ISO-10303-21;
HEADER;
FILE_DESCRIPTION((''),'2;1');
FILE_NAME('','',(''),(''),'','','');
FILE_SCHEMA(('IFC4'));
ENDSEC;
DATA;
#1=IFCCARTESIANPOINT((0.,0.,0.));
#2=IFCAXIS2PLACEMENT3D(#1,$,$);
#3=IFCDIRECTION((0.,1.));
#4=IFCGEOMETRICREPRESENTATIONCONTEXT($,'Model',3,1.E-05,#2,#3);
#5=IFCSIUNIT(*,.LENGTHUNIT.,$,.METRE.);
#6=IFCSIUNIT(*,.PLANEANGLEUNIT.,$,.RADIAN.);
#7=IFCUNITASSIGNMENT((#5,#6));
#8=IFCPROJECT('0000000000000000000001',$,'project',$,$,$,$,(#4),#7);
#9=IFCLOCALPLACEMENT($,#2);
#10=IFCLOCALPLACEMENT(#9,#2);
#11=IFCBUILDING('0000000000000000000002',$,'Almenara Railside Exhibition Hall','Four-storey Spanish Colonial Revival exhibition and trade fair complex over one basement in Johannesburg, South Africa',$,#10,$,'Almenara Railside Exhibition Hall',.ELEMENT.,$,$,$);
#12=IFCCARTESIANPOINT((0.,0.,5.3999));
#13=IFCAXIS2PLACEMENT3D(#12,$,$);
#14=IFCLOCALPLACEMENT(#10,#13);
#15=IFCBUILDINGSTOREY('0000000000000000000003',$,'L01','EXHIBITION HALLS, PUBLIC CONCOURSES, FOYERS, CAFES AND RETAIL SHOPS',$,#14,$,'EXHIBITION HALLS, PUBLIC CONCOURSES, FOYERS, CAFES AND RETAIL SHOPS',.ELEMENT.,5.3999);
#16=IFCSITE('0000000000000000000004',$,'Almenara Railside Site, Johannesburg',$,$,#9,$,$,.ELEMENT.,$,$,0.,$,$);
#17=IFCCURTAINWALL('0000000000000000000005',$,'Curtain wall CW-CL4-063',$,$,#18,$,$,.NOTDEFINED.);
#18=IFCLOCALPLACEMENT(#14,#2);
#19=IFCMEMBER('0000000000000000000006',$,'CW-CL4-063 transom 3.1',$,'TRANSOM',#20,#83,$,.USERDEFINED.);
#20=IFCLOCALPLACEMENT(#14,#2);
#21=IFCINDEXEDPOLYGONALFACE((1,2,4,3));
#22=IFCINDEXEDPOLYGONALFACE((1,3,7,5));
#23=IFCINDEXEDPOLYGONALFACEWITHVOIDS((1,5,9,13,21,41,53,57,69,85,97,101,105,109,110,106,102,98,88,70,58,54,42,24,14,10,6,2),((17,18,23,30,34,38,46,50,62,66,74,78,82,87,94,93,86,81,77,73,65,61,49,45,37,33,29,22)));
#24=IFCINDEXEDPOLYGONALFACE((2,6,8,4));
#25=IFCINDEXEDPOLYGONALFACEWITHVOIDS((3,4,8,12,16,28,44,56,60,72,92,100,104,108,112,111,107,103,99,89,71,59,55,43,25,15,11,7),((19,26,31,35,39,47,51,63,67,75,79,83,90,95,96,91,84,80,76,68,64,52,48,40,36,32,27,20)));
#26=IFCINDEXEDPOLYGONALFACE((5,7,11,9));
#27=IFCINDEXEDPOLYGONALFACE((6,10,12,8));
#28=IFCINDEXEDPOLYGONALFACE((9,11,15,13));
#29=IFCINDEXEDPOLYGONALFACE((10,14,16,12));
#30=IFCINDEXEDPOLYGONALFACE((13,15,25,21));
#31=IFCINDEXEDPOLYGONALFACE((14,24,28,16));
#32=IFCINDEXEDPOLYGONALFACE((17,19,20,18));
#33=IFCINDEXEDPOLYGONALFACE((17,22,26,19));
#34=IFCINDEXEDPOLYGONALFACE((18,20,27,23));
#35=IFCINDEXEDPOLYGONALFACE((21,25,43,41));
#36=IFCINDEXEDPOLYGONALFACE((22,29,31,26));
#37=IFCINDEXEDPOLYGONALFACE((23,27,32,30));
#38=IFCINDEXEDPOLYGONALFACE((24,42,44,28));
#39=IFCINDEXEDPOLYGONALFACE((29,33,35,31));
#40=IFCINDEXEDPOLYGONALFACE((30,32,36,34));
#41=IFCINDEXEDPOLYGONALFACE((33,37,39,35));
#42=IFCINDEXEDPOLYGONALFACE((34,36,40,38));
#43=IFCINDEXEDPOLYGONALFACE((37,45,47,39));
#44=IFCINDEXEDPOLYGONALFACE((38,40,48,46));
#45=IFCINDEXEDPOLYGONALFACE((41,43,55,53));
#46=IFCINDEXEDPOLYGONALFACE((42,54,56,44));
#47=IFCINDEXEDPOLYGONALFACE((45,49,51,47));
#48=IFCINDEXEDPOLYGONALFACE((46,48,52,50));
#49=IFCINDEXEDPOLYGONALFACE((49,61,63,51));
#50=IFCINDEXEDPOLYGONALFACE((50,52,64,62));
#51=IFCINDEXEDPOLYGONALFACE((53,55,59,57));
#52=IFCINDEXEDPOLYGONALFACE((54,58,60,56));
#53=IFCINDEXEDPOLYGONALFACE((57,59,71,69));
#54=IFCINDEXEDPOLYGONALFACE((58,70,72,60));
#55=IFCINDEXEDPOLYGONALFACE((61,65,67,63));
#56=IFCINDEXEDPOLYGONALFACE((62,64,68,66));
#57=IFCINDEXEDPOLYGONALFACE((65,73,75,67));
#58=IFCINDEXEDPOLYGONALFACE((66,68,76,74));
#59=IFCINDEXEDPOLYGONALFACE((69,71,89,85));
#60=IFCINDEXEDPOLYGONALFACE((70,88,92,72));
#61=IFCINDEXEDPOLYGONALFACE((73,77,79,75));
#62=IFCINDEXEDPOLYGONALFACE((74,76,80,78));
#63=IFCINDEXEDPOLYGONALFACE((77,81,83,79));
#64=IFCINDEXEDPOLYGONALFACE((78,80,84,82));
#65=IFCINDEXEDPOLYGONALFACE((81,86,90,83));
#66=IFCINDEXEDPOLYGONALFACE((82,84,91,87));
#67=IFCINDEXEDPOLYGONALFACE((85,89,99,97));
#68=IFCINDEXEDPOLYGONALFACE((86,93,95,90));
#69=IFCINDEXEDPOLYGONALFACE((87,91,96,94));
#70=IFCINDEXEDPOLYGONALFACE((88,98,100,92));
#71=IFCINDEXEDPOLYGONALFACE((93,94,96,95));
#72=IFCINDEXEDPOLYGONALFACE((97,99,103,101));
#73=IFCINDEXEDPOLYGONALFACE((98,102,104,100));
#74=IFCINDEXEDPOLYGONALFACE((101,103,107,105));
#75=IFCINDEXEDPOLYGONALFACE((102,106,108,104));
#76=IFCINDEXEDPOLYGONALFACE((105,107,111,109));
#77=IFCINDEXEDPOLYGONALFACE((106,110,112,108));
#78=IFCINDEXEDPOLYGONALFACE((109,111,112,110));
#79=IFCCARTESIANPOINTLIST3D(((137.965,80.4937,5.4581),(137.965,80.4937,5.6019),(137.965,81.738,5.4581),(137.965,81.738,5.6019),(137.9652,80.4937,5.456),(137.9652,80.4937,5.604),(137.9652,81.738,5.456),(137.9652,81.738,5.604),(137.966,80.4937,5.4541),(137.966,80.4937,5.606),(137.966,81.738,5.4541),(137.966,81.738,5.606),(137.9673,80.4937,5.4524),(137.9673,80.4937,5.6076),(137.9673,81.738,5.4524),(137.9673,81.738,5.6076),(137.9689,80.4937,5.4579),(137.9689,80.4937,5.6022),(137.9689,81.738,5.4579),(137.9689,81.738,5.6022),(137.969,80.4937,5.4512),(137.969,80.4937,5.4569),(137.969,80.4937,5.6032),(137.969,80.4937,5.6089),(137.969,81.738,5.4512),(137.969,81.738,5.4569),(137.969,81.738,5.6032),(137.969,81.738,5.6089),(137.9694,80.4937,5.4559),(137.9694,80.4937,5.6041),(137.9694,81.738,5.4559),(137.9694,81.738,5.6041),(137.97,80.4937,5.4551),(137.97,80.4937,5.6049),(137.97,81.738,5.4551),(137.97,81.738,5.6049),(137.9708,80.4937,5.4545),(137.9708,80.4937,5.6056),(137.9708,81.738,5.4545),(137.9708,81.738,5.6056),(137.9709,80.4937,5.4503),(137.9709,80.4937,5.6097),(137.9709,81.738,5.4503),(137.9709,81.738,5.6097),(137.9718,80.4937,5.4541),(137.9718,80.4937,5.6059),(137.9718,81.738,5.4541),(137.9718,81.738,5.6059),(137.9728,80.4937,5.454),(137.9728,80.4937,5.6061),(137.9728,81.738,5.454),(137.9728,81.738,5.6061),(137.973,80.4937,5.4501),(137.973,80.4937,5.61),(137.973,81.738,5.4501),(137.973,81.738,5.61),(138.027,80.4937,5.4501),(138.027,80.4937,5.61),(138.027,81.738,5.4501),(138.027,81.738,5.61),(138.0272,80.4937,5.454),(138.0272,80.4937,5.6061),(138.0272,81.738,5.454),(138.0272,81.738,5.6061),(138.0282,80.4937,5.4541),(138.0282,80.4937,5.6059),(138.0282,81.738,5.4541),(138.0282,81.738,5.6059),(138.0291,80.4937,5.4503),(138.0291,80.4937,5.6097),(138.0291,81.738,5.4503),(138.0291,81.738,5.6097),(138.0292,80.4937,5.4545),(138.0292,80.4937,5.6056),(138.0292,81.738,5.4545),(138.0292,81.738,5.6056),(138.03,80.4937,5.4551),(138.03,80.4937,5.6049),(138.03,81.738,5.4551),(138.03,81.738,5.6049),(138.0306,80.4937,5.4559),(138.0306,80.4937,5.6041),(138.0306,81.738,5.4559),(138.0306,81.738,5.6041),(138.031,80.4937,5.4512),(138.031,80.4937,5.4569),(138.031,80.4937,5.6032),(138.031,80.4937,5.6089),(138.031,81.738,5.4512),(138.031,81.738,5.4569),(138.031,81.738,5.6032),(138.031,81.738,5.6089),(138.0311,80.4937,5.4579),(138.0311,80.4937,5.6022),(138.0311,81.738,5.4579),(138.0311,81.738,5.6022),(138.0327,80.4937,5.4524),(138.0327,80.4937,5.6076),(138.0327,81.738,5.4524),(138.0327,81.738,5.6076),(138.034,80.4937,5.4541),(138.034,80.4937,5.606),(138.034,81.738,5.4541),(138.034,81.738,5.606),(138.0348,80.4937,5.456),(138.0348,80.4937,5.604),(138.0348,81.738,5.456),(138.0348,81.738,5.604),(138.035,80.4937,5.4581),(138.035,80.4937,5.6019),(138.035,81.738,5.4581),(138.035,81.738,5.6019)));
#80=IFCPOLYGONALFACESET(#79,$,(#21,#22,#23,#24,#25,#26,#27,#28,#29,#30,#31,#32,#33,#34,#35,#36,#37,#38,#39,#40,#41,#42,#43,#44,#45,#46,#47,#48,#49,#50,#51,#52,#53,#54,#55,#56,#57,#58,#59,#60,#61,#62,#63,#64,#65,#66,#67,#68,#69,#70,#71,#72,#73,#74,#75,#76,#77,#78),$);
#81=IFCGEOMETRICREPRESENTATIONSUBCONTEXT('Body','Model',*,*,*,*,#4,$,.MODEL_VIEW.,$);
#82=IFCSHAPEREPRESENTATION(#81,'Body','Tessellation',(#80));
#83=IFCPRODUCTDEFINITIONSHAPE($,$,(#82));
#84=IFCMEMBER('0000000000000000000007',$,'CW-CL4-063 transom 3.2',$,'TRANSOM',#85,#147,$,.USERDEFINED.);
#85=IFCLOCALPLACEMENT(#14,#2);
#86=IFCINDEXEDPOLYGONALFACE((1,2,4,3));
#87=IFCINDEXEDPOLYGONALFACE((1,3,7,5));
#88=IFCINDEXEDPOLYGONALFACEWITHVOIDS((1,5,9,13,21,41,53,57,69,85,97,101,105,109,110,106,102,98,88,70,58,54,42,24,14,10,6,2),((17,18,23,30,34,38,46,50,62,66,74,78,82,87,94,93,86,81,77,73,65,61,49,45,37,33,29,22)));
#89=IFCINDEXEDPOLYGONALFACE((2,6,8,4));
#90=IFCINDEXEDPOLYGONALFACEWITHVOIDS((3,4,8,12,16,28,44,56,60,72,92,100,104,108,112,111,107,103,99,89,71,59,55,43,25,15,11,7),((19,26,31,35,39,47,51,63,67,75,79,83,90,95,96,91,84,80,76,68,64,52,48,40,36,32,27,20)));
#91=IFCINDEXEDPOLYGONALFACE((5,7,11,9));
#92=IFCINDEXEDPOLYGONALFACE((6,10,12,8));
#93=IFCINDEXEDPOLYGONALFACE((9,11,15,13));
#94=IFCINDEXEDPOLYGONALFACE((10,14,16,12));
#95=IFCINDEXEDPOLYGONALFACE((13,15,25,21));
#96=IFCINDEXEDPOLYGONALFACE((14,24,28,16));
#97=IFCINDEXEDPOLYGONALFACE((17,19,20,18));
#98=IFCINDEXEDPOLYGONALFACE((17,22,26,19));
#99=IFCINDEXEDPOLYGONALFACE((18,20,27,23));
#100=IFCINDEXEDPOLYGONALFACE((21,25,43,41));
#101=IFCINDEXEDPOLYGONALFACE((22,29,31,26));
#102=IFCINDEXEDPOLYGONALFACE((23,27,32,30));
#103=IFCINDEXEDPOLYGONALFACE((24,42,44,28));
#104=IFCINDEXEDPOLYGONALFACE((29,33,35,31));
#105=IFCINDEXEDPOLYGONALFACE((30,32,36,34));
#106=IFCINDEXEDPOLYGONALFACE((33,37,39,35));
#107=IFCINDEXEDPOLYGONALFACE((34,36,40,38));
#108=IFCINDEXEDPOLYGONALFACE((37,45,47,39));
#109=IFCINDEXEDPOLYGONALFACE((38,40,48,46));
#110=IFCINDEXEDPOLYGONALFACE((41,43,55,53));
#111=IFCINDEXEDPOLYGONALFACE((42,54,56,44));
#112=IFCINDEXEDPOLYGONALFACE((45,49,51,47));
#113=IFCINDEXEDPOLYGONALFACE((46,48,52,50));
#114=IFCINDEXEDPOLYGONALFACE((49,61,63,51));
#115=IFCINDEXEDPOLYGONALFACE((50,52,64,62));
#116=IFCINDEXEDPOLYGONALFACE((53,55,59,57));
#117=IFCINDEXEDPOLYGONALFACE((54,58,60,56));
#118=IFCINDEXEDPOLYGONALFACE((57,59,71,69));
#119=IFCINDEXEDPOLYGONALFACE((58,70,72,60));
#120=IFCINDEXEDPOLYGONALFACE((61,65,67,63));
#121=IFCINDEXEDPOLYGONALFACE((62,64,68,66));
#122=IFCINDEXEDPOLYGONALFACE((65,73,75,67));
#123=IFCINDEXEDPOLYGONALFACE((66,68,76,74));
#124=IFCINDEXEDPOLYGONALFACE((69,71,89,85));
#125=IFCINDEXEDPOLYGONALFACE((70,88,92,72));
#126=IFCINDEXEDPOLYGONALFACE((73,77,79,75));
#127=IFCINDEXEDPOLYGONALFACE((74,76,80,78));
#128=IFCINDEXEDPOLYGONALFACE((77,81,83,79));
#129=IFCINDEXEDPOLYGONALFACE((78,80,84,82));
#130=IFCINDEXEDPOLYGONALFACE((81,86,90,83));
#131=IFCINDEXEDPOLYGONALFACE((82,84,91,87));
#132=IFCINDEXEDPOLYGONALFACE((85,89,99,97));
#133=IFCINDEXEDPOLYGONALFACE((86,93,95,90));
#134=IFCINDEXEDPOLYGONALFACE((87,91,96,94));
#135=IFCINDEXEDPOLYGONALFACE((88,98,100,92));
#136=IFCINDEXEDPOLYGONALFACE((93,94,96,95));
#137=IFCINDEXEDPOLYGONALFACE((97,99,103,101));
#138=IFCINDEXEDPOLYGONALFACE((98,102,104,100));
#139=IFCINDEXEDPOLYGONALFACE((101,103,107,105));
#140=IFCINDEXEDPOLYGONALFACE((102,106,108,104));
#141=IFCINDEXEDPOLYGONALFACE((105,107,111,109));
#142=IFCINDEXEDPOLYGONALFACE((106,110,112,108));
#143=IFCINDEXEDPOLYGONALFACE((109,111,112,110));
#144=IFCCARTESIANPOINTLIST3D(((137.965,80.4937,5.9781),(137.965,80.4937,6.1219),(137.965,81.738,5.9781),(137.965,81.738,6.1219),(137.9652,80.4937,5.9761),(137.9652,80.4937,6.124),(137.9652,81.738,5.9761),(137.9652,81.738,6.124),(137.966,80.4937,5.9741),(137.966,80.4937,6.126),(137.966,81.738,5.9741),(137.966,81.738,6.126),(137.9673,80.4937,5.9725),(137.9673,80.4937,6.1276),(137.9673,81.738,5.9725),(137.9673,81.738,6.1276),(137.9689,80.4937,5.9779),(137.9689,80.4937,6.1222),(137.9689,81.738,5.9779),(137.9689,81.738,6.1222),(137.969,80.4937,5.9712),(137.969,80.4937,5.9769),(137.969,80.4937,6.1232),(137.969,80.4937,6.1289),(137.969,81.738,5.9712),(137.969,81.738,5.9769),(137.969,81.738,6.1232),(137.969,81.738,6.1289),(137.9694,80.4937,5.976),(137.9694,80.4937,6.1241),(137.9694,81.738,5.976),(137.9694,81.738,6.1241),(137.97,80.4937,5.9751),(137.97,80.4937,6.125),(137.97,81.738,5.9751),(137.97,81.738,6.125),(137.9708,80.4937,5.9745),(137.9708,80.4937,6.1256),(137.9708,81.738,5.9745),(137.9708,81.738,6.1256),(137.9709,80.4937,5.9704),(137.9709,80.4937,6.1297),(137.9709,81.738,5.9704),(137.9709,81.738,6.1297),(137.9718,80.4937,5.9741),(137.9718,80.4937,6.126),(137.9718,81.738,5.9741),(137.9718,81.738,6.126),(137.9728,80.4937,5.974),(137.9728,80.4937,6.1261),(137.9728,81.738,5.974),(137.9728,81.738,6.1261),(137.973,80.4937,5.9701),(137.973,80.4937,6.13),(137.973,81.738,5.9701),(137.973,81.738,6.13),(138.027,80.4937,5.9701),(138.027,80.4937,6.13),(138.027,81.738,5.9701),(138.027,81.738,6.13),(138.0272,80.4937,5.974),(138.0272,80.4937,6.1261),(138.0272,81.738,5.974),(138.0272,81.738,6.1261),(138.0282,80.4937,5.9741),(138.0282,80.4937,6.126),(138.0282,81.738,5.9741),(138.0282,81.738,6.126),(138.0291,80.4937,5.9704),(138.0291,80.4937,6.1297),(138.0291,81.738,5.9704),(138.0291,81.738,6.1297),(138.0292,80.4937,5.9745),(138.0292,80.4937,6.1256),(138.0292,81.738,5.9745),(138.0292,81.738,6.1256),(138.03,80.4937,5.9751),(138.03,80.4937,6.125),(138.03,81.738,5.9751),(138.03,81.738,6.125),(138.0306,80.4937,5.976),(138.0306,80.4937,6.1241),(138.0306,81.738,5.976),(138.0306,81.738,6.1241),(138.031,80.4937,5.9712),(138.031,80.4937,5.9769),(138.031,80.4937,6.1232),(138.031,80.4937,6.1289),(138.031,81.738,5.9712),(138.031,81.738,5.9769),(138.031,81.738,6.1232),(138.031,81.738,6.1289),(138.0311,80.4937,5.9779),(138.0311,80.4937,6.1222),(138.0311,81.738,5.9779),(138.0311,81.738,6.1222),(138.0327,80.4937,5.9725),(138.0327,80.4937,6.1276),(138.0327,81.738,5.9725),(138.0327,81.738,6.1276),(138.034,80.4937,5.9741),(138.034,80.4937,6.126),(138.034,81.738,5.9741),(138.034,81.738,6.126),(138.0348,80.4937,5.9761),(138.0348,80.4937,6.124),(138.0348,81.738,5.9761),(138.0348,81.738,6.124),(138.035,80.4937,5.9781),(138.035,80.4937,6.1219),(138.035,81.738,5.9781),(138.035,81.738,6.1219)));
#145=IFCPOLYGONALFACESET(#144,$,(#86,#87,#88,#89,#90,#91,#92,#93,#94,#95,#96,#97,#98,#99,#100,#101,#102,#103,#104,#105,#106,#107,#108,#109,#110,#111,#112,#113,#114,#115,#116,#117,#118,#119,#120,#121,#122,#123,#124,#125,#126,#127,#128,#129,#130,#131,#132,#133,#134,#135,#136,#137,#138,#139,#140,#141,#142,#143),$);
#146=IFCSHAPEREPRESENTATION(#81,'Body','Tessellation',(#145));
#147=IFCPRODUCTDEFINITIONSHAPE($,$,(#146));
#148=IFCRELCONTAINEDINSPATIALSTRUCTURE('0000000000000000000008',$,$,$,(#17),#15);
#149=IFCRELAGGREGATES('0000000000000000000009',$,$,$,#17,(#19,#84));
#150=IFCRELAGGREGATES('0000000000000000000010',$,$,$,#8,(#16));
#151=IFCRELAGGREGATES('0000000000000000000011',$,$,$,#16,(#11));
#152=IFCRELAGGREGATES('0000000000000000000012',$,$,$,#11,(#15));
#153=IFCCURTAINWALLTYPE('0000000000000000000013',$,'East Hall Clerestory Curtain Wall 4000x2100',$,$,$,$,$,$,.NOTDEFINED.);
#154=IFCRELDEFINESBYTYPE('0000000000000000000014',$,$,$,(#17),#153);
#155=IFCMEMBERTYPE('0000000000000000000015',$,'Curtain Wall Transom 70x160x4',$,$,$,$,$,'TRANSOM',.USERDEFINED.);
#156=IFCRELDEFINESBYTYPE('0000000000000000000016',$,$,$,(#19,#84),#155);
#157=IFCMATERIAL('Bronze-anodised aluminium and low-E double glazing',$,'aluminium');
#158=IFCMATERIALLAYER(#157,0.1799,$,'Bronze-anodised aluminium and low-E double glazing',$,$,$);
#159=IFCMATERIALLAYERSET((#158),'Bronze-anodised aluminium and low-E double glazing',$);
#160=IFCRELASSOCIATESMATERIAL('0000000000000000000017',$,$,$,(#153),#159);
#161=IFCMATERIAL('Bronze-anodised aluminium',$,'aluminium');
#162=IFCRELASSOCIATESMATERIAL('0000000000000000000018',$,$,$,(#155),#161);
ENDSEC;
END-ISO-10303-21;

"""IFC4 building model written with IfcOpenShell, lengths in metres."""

from ifc_helpers import new_model, si_unit, direction, frame, origin, origin_2d, place, context, subcontext, project, spatial, hollow_rectangle, extrude, material, layer, layer_set, material_profile, profile_set, type_object, element, aggregate, save


model = new_model("IFC4")

# Units and contexts
model_context = context("Model", 3, precision=1e-05, world=origin(), true_north=direction((0.0, 1.0)))
body_context = subcontext(model_context, "Body", "Model", "MODEL_VIEW")
ifc_project = project(units=[si_unit("LENGTHUNIT", "METRE"), si_unit("PLANEANGLEUNIT", "RADIAN")], contexts=[model_context])

# Site, building, storey
site_placement = place(None, origin())
site = spatial("IfcSite", under=ifc_project, at=site_placement, Name="Almenara Railside Site, Johannesburg", CompositionType="ELEMENT", RefElevation=0.0)
building_placement = place(site_placement, origin())
building = spatial("IfcBuilding", under=site, at=building_placement, Name="Almenara Railside Exhibition Hall", Description="Four-storey Spanish Colonial Revival exhibition and trade fair complex over one basement in Johannesburg, South Africa", LongName="Almenara Railside Exhibition Hall", CompositionType="ELEMENT")
storey_placement = place(building_placement, frame((0.0, 0.0, 5.3999)))
storey = spatial("IfcBuildingStorey", under=building, at=storey_placement, Name="L01", Description="EXHIBITION HALLS, PUBLIC CONCOURSES, FOYERS, CAFES AND RETAIL SHOPS", LongName="EXHIBITION HALLS, PUBLIC CONCOURSES, FOYERS, CAFES AND RETAIL SHOPS", CompositionType="ELEMENT", Elevation=5.3999)

# Curtain wall
ifc_material_1 = material(Name="Bronze-anodised aluminium and low-E double glazing", Category="aluminium")
ifc_layer_1 = layer(ifc_material_1, 0.1799, Name="Bronze-anodised aluminium and low-E double glazing")
ifc_layer_set_1 = layer_set([ifc_layer_1], Name="Bronze-anodised aluminium and low-E double glazing")
curtain_wall_type = type_object("IfcCurtainWallType", Name="East Hall Clerestory Curtain Wall 4000x2100", PredefinedType="NOTDEFINED", material=ifc_layer_set_1)
ifc_material_2 = material(Name="Bronze-anodised aluminium", Category="aluminium")
curtain_wall_1_placement = place(storey_placement, origin())
curtain_wall_1 = element("IfcCurtainWall", 1, at=curtain_wall_1_placement, inside=storey, type_object=curtain_wall_type, Name="Curtain wall CW-CL4-063", PredefinedType="NOTDEFINED")

# Members
ifc_material_profile_1 = material_profile(ifc_material_2, hollow_rectangle(XDim=0.0701, YDim=0.1599, WallThickness=0.0039, InnerFilletRadius=0.0039, OuterFilletRadius=0.0081, at=origin_2d()), Name="ALU-TRN 70x160x4")
ifc_profile_set_1 = profile_set([ifc_material_profile_1], Name="Bronze-anodised aluminium")
member_type_1 = type_object("IfcMemberType", Name="Curtain Wall Transom 70x160x4", ElementType="TRANSOM", PredefinedType="USERDEFINED", material=ifc_profile_set_1)
member_1_placement = place(storey_placement, frame((138.0, 80.4937, 5.53), z_axis=(0.0, 1.0, 0.0), x_axis=(-1.0, 0.0, 0.0)))
member_1 = element("IfcMember", 2, at=member_1_placement, type_object=member_type_1, Name="CW-CL4-063 transom 3.1", ObjectType="TRANSOM", PredefinedType="USERDEFINED", context=body_context, shape_type="SweptSolid", body=[
    extrude(hollow_rectangle(XDim=0.0701, YDim=0.1599, WallThickness=0.0039, InnerFilletRadius=0.0039, OuterFilletRadius=0.0081, at=origin_2d()), origin(), (0.0, 0.0, 1.0), 1.2444),
])
member_2_placement = place(storey_placement, frame((138.0, 80.4937, 6.05), z_axis=(0.0, 1.0, 0.0), x_axis=(-1.0, 0.0, 0.0)))
member_2 = element("IfcMember", 3, at=member_2_placement, type_object=member_type_1, Name="CW-CL4-063 transom 3.2", ObjectType="TRANSOM", PredefinedType="USERDEFINED", context=body_context, shape_type="SweptSolid", body=[
    extrude(hollow_rectangle(XDim=0.0701, YDim=0.1599, WallThickness=0.0039, InnerFilletRadius=0.0039, OuterFilletRadius=0.0081, at=origin_2d()), origin(), (0.0, 0.0, 1.0), 1.2444),
])

aggregate(curtain_wall_1, [member_1, member_2])

save(model, "model.ifc")
